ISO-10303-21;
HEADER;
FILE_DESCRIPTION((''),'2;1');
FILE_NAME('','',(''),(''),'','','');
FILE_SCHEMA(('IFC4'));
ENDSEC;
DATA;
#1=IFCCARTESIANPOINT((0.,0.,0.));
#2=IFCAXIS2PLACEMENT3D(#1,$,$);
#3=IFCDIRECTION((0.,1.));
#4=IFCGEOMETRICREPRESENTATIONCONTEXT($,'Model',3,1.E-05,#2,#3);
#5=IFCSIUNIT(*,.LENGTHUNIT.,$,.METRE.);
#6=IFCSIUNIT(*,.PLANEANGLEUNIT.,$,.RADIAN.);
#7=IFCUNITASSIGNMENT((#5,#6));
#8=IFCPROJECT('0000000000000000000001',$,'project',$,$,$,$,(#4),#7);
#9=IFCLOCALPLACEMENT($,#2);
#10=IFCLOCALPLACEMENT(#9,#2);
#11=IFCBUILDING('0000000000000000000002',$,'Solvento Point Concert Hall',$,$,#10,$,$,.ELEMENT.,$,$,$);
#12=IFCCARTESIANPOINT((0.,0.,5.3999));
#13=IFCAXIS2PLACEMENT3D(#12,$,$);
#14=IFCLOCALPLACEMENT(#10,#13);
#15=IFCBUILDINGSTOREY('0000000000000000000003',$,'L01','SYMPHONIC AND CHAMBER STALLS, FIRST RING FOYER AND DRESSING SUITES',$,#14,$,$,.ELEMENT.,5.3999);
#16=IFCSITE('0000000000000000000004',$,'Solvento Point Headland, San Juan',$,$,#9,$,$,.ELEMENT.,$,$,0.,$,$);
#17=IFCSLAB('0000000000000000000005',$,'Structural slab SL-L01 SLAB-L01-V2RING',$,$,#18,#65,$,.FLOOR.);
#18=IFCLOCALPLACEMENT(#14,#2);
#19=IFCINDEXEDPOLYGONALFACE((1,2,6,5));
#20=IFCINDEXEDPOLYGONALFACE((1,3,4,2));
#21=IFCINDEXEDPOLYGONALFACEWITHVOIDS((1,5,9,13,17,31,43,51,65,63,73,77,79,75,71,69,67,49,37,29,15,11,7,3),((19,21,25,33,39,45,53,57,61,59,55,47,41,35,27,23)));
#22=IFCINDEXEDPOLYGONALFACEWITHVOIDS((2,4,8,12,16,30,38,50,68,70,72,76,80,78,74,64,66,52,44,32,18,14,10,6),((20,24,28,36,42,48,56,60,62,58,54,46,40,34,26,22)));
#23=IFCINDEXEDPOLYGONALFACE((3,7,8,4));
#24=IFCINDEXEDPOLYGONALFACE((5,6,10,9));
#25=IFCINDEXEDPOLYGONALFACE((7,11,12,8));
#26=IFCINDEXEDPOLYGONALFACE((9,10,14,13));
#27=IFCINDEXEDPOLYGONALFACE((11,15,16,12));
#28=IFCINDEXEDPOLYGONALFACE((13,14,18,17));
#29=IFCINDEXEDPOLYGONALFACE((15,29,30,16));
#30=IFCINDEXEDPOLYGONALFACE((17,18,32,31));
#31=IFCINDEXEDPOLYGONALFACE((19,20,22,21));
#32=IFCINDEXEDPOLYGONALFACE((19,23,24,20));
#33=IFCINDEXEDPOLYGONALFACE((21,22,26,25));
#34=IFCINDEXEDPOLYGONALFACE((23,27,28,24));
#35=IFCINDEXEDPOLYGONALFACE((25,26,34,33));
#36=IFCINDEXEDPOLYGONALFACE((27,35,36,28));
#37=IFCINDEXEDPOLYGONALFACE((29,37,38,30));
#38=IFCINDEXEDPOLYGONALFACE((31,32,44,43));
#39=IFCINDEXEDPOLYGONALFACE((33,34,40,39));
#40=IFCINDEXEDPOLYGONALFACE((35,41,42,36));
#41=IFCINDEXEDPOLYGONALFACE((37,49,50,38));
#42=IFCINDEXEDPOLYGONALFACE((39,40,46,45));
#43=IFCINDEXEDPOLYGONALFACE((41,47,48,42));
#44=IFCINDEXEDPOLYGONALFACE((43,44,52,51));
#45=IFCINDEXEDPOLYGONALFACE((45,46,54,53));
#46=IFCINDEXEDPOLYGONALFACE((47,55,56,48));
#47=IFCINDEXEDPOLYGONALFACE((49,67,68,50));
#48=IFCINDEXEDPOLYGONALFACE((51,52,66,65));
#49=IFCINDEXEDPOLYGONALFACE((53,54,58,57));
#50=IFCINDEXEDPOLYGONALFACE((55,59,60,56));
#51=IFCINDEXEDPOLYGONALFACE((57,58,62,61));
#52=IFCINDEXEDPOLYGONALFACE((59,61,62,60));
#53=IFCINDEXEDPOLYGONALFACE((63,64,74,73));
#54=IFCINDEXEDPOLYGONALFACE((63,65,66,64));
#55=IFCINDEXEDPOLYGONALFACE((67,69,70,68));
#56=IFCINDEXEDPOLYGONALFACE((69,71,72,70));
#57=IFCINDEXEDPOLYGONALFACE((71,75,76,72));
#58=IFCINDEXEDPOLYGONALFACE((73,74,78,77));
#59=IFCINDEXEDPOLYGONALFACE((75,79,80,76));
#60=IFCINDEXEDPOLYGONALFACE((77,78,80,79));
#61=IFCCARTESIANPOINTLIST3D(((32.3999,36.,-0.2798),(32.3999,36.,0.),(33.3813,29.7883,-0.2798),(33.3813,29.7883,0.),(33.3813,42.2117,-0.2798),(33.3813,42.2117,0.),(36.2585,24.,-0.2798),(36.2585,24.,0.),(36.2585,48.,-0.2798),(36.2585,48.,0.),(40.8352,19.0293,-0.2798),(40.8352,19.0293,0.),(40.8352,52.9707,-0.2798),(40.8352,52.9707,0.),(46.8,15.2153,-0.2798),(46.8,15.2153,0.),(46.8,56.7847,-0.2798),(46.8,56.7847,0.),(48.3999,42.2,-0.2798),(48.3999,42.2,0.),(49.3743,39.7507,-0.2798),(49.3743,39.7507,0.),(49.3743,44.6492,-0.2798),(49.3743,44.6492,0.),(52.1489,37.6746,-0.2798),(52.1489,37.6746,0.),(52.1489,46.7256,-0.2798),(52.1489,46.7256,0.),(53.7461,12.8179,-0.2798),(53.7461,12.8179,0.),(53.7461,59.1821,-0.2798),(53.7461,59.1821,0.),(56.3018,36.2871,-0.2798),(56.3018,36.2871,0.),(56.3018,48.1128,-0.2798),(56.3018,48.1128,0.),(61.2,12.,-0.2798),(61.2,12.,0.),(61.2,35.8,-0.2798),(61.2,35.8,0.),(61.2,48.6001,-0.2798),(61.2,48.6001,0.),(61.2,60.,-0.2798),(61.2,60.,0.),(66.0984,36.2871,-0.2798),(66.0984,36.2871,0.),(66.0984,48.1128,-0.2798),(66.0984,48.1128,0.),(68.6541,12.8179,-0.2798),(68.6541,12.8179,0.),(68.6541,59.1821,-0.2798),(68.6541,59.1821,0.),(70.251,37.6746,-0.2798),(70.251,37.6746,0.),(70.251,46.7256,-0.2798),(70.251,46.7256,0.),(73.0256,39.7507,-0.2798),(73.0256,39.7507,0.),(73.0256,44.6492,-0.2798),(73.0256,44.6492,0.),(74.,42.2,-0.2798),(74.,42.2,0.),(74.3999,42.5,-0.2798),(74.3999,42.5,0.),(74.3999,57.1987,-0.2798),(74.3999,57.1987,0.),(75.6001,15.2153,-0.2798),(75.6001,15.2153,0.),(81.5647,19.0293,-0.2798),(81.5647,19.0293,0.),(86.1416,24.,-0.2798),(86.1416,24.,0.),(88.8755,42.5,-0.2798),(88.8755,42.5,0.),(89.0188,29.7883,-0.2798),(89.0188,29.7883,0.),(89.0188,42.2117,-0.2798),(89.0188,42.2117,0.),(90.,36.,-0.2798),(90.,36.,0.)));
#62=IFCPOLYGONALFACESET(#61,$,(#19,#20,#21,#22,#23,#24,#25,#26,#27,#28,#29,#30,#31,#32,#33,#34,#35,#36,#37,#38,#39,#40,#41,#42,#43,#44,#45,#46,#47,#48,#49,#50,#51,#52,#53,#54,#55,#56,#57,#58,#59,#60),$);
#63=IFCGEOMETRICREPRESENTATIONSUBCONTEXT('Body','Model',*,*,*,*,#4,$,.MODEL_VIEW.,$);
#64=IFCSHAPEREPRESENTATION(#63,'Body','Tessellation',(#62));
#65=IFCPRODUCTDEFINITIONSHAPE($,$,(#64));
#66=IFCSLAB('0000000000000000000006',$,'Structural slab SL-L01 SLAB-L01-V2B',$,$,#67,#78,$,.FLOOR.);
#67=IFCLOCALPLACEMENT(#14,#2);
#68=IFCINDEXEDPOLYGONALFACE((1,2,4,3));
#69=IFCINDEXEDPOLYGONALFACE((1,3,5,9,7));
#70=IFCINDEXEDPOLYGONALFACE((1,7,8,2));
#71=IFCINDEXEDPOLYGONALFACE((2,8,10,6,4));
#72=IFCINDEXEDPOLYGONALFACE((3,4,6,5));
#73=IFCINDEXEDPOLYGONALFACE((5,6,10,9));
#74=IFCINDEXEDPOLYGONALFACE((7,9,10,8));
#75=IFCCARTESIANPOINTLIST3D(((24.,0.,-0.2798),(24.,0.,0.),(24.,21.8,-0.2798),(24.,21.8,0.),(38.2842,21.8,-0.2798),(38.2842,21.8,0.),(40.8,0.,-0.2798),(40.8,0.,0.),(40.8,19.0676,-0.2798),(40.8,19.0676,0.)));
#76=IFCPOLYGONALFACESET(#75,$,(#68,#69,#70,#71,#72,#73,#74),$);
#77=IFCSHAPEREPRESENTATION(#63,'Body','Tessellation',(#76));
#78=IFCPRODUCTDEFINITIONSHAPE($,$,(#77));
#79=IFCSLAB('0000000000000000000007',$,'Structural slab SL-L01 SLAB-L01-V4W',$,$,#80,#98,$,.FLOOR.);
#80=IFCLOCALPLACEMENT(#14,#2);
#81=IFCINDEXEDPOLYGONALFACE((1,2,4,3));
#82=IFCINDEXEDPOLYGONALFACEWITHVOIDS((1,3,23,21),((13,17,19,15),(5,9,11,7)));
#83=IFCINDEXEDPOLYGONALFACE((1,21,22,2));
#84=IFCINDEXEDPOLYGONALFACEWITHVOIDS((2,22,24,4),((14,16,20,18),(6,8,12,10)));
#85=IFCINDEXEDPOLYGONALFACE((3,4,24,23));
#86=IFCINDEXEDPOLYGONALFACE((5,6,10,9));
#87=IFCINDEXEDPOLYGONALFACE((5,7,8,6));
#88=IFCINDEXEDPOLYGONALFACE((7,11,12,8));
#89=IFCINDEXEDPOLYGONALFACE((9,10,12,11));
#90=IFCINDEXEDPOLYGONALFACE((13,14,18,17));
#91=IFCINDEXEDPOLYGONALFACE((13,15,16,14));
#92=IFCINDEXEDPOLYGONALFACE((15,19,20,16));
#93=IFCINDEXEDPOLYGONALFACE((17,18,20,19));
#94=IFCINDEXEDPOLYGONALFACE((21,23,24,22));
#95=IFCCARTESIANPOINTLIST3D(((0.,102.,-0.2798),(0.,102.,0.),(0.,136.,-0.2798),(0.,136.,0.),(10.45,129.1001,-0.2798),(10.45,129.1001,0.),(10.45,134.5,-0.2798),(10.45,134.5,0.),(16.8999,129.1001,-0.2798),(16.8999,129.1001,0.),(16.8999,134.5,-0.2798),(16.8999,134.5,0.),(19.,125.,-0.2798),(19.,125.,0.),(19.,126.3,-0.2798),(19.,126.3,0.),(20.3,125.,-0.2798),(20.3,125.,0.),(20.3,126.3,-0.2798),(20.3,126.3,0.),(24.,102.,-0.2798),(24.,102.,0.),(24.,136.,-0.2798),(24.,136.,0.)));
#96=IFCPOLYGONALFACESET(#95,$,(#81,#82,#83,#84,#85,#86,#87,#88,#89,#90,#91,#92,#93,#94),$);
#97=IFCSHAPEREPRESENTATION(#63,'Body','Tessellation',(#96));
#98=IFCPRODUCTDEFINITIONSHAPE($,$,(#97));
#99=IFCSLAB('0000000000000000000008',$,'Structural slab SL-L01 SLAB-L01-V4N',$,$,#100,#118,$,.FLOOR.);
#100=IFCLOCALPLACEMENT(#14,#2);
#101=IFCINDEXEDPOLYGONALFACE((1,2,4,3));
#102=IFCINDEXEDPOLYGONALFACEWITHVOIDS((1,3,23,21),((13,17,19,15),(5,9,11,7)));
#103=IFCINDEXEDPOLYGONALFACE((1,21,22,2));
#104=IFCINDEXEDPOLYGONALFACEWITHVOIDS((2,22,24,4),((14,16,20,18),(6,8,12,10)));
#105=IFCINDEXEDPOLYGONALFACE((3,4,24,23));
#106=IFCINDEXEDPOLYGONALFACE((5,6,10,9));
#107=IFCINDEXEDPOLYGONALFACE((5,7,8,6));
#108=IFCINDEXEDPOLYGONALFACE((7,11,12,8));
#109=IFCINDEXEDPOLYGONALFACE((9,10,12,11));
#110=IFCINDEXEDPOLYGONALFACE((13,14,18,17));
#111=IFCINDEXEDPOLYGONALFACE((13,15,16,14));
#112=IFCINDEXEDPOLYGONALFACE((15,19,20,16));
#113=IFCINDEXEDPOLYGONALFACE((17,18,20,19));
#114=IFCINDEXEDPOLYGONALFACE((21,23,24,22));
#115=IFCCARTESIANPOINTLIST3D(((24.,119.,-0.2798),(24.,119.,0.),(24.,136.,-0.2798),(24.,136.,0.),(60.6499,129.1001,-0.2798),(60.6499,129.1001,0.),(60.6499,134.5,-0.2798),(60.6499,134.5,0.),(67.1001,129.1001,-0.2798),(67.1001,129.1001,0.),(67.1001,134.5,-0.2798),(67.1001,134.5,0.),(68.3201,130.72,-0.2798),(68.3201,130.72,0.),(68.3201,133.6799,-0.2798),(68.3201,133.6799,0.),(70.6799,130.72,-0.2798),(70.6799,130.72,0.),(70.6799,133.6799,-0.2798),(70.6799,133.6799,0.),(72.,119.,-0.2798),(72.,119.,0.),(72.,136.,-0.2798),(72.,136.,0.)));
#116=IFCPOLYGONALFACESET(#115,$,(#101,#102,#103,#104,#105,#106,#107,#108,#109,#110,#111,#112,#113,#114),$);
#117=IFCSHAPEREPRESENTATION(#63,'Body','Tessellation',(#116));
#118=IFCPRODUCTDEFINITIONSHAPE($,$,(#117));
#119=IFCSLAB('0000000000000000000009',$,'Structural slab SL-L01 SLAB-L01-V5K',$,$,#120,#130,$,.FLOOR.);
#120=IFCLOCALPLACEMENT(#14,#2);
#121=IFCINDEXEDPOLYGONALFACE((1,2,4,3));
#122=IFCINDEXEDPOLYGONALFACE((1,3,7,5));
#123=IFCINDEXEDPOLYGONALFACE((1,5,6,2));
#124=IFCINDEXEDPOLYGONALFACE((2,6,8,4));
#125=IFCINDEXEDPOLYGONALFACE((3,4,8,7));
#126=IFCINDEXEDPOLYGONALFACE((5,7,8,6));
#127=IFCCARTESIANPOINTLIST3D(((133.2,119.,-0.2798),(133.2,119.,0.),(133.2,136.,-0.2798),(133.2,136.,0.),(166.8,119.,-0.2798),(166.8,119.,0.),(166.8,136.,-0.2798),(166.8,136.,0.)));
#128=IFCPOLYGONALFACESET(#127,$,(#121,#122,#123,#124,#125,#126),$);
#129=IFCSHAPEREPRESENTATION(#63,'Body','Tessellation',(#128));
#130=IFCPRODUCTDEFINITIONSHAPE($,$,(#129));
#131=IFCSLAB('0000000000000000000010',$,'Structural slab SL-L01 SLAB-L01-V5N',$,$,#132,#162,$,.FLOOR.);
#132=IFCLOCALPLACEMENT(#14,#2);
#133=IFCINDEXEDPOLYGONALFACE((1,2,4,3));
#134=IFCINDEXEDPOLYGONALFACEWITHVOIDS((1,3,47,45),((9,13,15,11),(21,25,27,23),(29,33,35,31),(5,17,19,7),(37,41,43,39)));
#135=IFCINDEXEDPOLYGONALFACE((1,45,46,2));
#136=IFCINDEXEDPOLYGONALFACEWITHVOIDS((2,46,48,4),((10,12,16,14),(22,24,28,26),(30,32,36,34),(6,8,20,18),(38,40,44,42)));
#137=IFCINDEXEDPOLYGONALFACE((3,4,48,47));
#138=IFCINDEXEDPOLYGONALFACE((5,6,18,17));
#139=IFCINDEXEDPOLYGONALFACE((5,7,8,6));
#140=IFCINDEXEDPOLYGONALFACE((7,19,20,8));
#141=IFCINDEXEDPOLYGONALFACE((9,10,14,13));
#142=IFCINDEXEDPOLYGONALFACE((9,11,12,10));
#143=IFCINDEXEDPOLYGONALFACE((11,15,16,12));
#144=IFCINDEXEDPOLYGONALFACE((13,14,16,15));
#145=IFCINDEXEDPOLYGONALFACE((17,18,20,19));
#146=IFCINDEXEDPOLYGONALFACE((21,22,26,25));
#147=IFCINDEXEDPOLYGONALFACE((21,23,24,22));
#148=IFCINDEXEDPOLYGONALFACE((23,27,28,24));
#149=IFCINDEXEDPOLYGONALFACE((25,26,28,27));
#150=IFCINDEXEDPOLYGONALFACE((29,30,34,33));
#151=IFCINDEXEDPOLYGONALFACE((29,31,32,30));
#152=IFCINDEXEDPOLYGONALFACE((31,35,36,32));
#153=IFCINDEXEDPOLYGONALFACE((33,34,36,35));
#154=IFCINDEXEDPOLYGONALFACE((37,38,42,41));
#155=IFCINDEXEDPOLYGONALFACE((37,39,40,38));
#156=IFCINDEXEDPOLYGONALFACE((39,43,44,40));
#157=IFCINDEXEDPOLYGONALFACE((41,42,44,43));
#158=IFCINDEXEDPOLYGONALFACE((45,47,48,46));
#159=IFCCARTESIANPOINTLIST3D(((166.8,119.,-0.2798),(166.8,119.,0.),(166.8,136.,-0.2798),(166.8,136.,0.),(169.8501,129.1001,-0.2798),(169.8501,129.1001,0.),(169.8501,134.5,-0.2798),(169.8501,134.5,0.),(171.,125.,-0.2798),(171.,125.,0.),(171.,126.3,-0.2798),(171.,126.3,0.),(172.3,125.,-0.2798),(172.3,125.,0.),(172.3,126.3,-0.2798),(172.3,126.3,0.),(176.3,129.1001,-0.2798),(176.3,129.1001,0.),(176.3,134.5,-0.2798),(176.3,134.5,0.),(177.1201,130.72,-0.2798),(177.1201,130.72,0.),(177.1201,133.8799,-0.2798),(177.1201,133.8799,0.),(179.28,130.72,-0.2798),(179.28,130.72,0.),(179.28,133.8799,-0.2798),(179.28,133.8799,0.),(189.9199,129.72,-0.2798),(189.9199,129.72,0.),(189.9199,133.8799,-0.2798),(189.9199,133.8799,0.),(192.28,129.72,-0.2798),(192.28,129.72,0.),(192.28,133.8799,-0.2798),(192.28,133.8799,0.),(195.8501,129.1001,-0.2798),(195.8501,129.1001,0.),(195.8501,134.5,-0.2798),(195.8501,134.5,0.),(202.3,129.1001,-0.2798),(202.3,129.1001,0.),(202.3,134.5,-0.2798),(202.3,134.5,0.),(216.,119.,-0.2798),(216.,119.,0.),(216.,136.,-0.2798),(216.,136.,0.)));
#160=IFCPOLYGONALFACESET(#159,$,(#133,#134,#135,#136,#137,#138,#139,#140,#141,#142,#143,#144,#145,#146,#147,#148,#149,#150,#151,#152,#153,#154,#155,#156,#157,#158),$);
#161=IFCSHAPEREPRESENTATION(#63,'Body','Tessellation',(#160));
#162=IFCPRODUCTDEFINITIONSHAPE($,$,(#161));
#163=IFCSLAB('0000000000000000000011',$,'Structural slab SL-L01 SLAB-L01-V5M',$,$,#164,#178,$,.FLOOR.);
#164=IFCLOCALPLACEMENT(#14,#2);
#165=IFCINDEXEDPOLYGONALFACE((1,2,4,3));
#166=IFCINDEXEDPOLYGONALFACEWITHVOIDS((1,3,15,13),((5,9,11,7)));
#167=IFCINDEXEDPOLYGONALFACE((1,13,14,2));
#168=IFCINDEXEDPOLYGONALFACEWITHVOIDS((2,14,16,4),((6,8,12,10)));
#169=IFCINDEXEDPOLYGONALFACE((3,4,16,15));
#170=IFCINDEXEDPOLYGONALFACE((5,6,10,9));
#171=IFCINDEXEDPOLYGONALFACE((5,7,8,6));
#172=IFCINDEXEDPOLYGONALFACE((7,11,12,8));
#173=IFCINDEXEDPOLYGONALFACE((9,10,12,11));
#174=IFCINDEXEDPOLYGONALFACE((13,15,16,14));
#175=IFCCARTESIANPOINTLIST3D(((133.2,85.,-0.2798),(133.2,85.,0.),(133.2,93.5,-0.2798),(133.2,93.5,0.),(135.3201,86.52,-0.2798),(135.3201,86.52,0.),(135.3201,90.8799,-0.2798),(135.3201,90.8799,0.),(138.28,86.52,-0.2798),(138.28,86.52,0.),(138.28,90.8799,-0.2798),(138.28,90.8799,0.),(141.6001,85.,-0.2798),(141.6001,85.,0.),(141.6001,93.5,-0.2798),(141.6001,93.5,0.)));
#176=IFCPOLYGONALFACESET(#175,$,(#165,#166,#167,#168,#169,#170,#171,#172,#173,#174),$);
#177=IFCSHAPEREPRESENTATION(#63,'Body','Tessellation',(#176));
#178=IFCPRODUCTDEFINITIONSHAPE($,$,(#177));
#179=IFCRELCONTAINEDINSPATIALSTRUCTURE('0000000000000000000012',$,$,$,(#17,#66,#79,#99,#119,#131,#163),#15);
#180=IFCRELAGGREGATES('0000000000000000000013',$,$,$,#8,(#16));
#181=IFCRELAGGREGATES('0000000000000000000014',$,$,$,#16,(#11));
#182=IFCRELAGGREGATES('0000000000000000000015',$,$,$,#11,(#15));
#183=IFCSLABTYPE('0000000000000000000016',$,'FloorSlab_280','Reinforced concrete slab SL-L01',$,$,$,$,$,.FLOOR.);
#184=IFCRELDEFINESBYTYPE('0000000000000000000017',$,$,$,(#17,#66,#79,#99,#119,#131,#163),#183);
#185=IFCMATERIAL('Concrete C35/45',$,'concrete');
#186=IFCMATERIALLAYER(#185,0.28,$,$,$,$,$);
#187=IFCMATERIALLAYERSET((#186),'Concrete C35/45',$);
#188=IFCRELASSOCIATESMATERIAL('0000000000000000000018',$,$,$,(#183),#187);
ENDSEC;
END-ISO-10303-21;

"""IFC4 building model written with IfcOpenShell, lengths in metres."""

from ifc_helpers import new_model, si_unit, direction, frame, origin, place, context, subcontext, project, spatial, polyline, outline, extrude, material, layer, layer_set, type_object, element, save


model = new_model("IFC4")

# Units and contexts
model_context = context("Model", 3, precision=1e-05, world=origin(), true_north=direction((0.0, 1.0)))
body_context = subcontext(model_context, "Body", "Model", "MODEL_VIEW")
ifc_project = project(units=[si_unit("LENGTHUNIT", "METRE"), si_unit("PLANEANGLEUNIT", "RADIAN")], contexts=[model_context])

# Site, building, storey
site_placement = place(None, origin())
site = spatial("IfcSite", under=ifc_project, at=site_placement, Name="Solvento Point Headland, San Juan", CompositionType="ELEMENT", RefElevation=0.0)
building_placement = place(site_placement, origin())
building = spatial("IfcBuilding", under=site, at=building_placement, Name="Solvento Point Concert Hall", CompositionType="ELEMENT")
storey_placement = place(building_placement, frame((0.0, 0.0, 5.3999)))
storey = spatial("IfcBuildingStorey", under=building, at=storey_placement, Name="L01", Description="SYMPHONIC AND CHAMBER STALLS, FIRST RING FOYER AND DRESSING SUITES", CompositionType="ELEMENT", Elevation=5.3999)

# Slabs
ifc_material_1 = material(Name="Concrete C35/45", Category="concrete")
ifc_layer_1 = layer(ifc_material_1, 0.28)
ifc_layer_set_1 = layer_set([ifc_layer_1], Name="Concrete C35/45")
slab_type_1 = type_object("IfcSlabType", Name="FloorSlab_280", Description="Reinforced concrete slab SL-L01", PredefinedType="FLOOR", material=ifc_layer_set_1)
slab_1_placement = place(storey_placement, frame((0.0, 0.0, -0.2798)))
element("IfcSlab", 1, at=slab_1_placement, inside=storey, type_object=slab_type_1, Name="Structural slab SL-L01 SLAB-L01-V2RING", PredefinedType="FLOOR", context=body_context, shape_type="SweptSolid", body=[
    extrude(outline(polyline([(81.5647, 19.0293), (75.6001, 15.2153), (68.6541, 12.8179), (61.2, 12.0), (53.7461, 12.8179), (46.8, 15.2153), (40.8352, 19.0293), (36.2585, 24.0), (33.3813, 29.7883), (32.3999, 36.0), (33.3813, 42.2117), (36.2585, 48.0), (40.8352, 52.9707), (46.8, 56.7847), (53.7461, 59.1821), (61.2, 60.0), (68.6541, 59.1821), (74.3999, 57.1987), (74.3999, 42.5), (88.8755, 42.5), (89.0188, 42.2117), (90.0, 36.0), (89.0188, 29.7883), (86.1416, 24.0), (81.5647, 19.0293)]), holes=[polyline([(66.0984, 48.1128), (61.2, 48.6001), (56.3018, 48.1128), (52.1489, 46.7256), (49.3743, 44.6492), (48.3999, 42.2), (49.3743, 39.7507), (52.1489, 37.6746), (56.3018, 36.2871), (61.2, 35.8), (66.0984, 36.2871), (70.251, 37.6746), (73.0256, 39.7507), (74.0, 42.2), (73.0256, 44.6492), (70.251, 46.7256), (66.0984, 48.1128)])]), origin(), (0.0, 0.0, 1.0), 0.2798),
])
slab_2_placement = place(storey_placement, frame((0.0, 0.0, -0.2798)))
element("IfcSlab", 2, at=slab_2_placement, inside=storey, type_object=slab_type_1, Name="Structural slab SL-L01 SLAB-L01-V2B", PredefinedType="FLOOR", context=body_context, shape_type="SweptSolid", body=[
    extrude(outline(polyline([(24.0, 21.8), (38.2842, 21.8), (40.8, 19.0676), (40.8, 0.0), (24.0, 0.0), (24.0, 21.8)])), origin(), (0.0, 0.0, 1.0), 0.2798),
])
slab_3_placement = place(storey_placement, frame((0.0, 0.0, -0.2798)))
element("IfcSlab", 3, at=slab_3_placement, inside=storey, type_object=slab_type_1, Name="Structural slab SL-L01 SLAB-L01-V4W", PredefinedType="FLOOR", context=body_context, shape_type="SweptSolid", body=[
    extrude(outline(polyline([(0.0, 136.0), (24.0, 136.0), (24.0, 102.0), (0.0, 102.0), (0.0, 136.0)]), holes=[polyline([(20.3, 126.3), (19.0, 126.3), (19.0, 125.0), (20.3, 125.0), (20.3, 126.3)]), polyline([(16.8999, 129.1001), (16.8999, 134.5), (10.45, 134.5), (10.45, 129.1001), (16.8999, 129.1001)])]), origin(), (0.0, 0.0, 1.0), 0.2798),
])
slab_4_placement = place(storey_placement, frame((0.0, 0.0, -0.2798)))
element("IfcSlab", 4, at=slab_4_placement, inside=storey, type_object=slab_type_1, Name="Structural slab SL-L01 SLAB-L01-V4N", PredefinedType="FLOOR", context=body_context, shape_type="SweptSolid", body=[
    extrude(outline(polyline([(24.0, 136.0), (72.0, 136.0), (72.0, 119.0), (24.0, 119.0), (24.0, 136.0)]), holes=[polyline([(70.6799, 133.6799), (68.3201, 133.6799), (68.3201, 130.72), (70.6799, 130.72), (70.6799, 133.6799)]), polyline([(67.1001, 129.1001), (67.1001, 134.5), (60.6499, 134.5), (60.6499, 129.1001), (67.1001, 129.1001)])]), origin(), (0.0, 0.0, 1.0), 0.2798),
])
slab_5_placement = place(storey_placement, frame((0.0, 0.0, -0.2798)))
element("IfcSlab", 5, at=slab_5_placement, inside=storey, type_object=slab_type_1, Name="Structural slab SL-L01 SLAB-L01-V5K", PredefinedType="FLOOR", context=body_context, shape_type="SweptSolid", body=[
    extrude(outline(polyline([(133.2, 136.0), (166.8, 136.0), (166.8, 119.0), (133.2, 119.0), (133.2, 136.0)])), origin(), (0.0, 0.0, 1.0), 0.2798),
])
slab_6_placement = place(storey_placement, frame((0.0, 0.0, -0.2798)))
element("IfcSlab", 6, at=slab_6_placement, inside=storey, type_object=slab_type_1, Name="Structural slab SL-L01 SLAB-L01-V5N", PredefinedType="FLOOR", context=body_context, shape_type="SweptSolid", body=[
    extrude(outline(polyline([(166.8, 136.0), (216.0, 136.0), (216.0, 119.0), (166.8, 119.0), (166.8, 136.0)]), holes=[polyline([(202.3, 129.1001), (202.3, 134.5), (195.8501, 134.5), (195.8501, 129.1001), (202.3, 129.1001)]), polyline([(192.28, 129.72), (192.28, 133.8799), (189.9199, 133.8799), (189.9199, 129.72), (192.28, 129.72)]), polyline([(179.28, 130.72), (179.28, 133.8799), (177.1201, 133.8799), (177.1201, 130.72), (179.28, 130.72)]), polyline([(176.3, 129.1001), (176.3, 134.5), (169.8501, 134.5), (169.8501, 129.1001), (176.3, 129.1001)]), polyline([(172.3, 125.0), (172.3, 126.3), (171.0, 126.3), (171.0, 125.0), (172.3, 125.0)])]), origin(), (0.0, 0.0, 1.0), 0.2798),
])
slab_7_placement = place(storey_placement, frame((0.0, 0.0, -0.2798)))
element("IfcSlab", 7, at=slab_7_placement, inside=storey, type_object=slab_type_1, Name="Structural slab SL-L01 SLAB-L01-V5M", PredefinedType="FLOOR", context=body_context, shape_type="SweptSolid", body=[
    extrude(outline(polyline([(133.2, 93.5), (141.6001, 93.5), (141.6001, 85.0), (133.2, 85.0), (133.2, 93.5)]), holes=[polyline([(138.28, 90.8799), (135.3201, 90.8799), (135.3201, 86.52), (138.28, 86.52), (138.28, 90.8799)])]), origin(), (0.0, 0.0, 1.0), 0.2798),
])

save(model, "model.ifc")
